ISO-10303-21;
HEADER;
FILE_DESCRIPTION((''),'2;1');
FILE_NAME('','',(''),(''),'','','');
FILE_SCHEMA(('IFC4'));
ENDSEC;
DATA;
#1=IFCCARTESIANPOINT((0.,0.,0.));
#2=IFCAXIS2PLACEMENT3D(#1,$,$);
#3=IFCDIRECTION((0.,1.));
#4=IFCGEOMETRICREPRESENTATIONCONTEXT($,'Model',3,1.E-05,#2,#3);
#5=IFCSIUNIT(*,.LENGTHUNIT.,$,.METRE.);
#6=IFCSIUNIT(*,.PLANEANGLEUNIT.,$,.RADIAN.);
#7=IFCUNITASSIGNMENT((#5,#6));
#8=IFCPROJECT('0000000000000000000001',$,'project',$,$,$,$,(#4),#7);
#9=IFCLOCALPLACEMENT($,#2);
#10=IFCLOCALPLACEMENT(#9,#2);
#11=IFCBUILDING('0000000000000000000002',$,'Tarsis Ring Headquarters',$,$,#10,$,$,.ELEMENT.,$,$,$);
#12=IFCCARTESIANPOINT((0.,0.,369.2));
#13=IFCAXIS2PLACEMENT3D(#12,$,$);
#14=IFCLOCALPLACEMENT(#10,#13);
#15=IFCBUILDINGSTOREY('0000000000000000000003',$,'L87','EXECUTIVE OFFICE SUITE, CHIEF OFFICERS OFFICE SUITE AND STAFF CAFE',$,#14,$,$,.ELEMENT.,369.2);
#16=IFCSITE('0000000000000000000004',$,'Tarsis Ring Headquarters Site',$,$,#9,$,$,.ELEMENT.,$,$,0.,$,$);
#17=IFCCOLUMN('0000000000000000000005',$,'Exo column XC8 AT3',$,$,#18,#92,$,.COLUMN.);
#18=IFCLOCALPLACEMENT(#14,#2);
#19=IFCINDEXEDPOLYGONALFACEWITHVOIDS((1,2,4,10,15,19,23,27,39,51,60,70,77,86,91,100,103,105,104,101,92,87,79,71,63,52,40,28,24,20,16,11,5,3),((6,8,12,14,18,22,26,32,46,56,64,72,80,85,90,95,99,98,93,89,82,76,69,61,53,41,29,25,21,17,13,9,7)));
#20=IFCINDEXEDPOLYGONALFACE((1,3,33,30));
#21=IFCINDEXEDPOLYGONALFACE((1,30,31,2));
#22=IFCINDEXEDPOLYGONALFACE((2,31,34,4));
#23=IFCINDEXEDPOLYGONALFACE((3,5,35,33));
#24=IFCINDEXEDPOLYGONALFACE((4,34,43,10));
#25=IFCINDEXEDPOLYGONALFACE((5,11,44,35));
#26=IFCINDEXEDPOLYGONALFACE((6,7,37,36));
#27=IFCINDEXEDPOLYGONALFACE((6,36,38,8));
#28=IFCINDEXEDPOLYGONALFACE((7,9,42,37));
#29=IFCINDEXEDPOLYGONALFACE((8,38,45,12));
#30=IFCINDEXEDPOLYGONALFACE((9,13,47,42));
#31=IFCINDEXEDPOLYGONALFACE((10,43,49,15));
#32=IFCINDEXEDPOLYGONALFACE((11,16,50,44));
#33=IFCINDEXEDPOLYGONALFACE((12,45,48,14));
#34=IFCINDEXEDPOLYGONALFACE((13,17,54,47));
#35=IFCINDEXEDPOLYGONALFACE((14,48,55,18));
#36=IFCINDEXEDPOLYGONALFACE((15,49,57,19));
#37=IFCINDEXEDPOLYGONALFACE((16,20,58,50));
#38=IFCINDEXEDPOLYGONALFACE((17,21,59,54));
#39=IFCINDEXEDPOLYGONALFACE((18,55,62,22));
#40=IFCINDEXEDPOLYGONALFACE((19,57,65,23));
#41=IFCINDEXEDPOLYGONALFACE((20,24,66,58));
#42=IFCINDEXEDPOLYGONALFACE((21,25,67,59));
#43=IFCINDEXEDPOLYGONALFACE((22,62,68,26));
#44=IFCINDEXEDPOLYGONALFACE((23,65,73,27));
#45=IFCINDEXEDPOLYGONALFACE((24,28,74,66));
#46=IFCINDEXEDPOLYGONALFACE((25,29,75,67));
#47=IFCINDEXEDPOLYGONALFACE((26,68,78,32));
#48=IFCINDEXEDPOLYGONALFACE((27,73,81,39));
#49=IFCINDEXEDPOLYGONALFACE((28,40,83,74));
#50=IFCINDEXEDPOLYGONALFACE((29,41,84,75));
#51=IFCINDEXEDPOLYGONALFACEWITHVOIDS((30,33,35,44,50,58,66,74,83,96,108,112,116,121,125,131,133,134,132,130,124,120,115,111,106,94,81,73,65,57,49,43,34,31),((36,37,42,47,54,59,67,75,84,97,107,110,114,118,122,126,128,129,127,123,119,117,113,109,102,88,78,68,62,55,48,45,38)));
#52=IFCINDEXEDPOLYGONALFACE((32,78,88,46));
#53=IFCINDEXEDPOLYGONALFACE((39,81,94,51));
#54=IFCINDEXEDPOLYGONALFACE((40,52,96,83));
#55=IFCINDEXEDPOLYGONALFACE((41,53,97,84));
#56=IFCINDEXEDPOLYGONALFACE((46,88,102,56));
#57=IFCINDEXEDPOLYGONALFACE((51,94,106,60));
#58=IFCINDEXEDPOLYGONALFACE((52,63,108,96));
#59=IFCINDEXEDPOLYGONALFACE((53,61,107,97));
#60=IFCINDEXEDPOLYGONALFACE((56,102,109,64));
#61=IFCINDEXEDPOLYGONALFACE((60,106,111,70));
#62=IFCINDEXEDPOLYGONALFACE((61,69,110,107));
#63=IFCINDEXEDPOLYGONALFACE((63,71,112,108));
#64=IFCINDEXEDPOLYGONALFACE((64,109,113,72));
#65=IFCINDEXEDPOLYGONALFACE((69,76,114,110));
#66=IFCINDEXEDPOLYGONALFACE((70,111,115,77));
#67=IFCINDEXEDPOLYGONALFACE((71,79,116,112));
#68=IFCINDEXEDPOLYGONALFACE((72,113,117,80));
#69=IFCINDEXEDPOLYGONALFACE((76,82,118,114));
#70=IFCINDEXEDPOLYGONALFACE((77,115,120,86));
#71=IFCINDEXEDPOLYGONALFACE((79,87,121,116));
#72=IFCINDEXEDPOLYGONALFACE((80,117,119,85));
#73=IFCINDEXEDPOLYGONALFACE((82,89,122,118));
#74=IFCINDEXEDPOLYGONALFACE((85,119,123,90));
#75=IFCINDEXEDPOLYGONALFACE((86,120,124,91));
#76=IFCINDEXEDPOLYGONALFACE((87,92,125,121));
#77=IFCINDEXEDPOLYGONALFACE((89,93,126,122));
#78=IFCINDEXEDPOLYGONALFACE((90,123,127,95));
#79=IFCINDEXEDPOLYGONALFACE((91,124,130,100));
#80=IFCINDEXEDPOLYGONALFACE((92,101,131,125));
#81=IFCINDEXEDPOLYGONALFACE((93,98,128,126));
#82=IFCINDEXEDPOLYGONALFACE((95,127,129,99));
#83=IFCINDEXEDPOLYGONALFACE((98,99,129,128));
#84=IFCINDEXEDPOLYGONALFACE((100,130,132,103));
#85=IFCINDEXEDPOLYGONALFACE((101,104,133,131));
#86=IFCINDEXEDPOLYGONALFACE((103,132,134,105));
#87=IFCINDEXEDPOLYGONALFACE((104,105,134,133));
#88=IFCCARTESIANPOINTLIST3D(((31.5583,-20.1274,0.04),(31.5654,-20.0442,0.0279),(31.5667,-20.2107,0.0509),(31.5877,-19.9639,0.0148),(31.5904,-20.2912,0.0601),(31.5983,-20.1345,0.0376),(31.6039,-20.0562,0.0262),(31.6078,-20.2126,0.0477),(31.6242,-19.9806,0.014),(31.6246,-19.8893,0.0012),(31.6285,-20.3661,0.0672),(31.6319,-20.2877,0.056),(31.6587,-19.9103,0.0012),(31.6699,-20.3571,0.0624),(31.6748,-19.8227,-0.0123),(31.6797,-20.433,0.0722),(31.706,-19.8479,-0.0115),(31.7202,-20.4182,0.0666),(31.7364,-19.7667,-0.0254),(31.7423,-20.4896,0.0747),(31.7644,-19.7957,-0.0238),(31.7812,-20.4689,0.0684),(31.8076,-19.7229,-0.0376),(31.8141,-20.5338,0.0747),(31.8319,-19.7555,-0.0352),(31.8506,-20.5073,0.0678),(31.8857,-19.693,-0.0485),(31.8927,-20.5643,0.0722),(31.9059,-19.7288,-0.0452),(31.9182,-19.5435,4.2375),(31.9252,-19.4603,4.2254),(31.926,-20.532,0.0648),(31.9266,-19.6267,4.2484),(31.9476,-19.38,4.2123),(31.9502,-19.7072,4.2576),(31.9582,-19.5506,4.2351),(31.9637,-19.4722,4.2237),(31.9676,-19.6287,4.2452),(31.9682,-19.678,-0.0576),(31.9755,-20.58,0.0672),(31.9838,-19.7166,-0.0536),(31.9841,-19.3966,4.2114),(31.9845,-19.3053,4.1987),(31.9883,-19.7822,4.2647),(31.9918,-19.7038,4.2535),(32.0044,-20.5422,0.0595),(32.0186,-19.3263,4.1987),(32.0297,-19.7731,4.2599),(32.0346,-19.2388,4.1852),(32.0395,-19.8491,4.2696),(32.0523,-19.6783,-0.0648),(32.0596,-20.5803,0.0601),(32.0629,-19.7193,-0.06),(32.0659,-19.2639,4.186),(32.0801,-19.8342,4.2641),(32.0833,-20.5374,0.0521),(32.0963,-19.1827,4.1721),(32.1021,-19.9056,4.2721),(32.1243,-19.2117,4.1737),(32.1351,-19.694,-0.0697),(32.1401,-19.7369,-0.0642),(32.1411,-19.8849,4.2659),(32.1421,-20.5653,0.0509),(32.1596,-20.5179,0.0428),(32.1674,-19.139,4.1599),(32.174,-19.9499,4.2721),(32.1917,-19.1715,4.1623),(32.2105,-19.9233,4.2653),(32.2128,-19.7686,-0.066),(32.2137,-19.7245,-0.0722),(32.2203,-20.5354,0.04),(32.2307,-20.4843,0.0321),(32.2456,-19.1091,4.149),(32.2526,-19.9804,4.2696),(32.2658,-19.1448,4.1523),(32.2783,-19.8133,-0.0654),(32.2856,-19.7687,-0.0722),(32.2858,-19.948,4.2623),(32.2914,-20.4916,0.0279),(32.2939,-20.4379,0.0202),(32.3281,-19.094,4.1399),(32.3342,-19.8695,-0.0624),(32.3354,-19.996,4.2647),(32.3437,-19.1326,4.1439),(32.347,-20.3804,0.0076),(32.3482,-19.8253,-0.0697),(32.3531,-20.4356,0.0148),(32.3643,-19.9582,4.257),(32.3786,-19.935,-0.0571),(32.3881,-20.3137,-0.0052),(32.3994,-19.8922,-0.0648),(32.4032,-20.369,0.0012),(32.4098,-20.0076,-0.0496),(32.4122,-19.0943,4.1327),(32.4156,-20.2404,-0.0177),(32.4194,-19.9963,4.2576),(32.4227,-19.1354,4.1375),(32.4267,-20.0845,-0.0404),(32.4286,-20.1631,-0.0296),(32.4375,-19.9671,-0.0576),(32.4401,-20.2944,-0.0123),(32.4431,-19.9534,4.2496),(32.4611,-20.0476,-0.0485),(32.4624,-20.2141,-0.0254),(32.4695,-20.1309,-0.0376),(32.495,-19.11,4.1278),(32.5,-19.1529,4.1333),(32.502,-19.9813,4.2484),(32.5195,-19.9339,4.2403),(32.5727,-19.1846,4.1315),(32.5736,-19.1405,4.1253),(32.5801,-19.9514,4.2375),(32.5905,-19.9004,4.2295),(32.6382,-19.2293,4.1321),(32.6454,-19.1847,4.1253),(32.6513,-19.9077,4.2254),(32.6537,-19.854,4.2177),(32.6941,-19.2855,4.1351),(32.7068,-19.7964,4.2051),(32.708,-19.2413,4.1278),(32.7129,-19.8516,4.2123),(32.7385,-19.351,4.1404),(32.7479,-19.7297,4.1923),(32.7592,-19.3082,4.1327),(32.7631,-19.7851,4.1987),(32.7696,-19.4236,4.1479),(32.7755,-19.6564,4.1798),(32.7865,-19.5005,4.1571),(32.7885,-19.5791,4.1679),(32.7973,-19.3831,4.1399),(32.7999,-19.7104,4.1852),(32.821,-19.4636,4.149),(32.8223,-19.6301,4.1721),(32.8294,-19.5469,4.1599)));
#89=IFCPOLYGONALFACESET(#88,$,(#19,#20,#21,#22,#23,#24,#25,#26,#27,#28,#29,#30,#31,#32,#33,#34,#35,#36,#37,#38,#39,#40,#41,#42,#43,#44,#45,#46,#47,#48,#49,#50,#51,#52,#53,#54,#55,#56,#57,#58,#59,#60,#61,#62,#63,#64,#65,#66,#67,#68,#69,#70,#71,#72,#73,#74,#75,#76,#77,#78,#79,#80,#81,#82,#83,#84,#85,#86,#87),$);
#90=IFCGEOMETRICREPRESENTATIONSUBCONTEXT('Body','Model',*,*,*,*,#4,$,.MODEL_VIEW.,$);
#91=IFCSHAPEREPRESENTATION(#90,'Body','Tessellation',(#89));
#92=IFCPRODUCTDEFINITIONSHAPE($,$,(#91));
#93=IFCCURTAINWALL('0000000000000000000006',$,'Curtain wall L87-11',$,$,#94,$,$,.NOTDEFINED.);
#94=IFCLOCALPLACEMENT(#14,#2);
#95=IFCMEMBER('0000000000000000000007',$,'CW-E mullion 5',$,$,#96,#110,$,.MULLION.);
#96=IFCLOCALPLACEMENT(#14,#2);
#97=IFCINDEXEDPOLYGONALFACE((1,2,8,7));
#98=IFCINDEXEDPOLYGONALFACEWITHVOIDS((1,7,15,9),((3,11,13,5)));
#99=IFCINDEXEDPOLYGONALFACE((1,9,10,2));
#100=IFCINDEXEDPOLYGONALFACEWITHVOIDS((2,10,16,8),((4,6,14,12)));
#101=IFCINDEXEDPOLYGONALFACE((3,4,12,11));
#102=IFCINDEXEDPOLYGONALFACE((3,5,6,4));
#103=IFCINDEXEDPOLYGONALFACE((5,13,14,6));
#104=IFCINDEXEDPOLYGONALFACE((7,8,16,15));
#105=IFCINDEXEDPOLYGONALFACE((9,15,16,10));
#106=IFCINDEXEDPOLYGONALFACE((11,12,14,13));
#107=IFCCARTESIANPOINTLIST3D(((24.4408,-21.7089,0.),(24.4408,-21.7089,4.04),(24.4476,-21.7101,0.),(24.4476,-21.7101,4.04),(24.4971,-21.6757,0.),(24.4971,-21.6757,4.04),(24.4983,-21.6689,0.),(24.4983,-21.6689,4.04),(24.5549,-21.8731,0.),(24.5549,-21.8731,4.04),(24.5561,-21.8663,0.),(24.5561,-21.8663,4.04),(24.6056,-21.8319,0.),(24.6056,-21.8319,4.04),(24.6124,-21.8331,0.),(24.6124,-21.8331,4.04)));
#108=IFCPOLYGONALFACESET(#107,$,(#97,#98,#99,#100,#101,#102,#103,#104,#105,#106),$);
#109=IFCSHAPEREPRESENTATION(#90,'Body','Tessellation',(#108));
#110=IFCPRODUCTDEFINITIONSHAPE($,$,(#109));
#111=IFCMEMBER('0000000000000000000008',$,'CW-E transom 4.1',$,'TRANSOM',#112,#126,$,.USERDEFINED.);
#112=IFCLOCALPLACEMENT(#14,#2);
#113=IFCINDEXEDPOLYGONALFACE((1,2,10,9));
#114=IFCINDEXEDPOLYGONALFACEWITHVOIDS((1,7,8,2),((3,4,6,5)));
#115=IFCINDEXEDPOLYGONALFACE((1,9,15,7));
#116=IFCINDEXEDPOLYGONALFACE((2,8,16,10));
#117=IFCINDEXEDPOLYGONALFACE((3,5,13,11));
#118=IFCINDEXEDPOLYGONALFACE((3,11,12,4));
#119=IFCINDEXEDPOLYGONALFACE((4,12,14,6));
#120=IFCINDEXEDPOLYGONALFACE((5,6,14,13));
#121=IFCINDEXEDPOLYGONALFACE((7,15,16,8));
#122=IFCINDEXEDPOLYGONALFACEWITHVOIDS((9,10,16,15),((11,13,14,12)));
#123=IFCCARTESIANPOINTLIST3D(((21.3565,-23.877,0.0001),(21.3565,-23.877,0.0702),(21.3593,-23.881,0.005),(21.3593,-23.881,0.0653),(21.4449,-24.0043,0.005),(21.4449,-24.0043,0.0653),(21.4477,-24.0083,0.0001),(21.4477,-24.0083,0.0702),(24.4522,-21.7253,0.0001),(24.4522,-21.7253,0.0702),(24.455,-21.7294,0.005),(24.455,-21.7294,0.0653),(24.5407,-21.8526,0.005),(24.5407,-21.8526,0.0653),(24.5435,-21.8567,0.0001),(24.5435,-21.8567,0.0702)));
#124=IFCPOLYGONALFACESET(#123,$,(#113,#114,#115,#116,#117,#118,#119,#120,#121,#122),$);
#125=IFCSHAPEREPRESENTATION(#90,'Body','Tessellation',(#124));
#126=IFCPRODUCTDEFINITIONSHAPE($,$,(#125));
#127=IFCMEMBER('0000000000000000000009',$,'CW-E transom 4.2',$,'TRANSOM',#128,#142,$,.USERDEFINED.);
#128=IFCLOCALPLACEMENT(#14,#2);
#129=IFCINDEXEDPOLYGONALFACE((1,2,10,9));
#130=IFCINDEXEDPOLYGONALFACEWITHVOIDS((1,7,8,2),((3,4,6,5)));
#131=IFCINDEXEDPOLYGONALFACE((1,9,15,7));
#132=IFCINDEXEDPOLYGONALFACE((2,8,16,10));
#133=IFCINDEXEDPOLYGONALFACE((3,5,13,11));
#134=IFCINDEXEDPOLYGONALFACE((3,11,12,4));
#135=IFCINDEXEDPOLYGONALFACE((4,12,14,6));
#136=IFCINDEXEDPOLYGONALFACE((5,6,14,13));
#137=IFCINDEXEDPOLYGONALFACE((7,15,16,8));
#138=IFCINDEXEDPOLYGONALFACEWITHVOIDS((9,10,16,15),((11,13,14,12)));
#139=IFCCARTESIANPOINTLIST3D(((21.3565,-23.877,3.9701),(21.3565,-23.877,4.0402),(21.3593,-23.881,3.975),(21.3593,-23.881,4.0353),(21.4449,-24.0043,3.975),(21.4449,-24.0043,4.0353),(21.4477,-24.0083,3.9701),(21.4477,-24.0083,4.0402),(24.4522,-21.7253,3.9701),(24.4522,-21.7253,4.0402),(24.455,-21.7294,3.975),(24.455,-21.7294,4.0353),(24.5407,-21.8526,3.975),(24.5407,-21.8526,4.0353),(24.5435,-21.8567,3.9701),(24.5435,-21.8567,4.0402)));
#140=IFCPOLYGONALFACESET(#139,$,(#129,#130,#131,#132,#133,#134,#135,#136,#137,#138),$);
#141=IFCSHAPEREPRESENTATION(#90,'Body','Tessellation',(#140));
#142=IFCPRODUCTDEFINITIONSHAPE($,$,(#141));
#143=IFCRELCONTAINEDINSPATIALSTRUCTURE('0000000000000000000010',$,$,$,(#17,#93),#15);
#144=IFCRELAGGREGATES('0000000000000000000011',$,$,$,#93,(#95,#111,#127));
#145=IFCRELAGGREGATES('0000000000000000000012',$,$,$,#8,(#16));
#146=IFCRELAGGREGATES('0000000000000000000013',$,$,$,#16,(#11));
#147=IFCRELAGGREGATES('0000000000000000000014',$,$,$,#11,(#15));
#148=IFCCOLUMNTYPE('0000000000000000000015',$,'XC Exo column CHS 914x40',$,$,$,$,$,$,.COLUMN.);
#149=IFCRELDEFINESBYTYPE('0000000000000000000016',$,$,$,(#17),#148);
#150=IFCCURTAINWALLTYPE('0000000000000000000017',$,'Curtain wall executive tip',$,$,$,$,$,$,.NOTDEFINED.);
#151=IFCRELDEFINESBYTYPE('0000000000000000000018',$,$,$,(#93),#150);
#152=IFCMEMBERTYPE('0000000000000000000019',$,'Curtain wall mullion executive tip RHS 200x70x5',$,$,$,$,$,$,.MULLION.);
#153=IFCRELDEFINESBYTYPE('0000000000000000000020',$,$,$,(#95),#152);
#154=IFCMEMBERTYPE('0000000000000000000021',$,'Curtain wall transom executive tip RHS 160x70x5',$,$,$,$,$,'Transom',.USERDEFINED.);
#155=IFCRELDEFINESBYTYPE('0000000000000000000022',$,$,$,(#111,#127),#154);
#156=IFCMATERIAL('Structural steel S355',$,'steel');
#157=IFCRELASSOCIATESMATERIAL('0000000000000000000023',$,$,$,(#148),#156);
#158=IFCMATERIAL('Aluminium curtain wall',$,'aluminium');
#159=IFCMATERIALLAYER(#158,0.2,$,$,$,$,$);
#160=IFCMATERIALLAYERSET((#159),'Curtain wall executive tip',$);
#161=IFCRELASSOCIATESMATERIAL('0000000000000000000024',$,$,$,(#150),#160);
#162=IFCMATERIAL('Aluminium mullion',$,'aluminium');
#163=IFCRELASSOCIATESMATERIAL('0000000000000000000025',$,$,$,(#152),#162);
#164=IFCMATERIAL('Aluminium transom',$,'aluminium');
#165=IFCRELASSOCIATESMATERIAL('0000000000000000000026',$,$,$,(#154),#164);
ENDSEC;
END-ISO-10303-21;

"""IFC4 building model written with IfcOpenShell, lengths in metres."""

from ifc_helpers import new_model, si_unit, direction, frame, origin, origin_2d, place, context, subcontext, project, spatial, hollow_rectangle, hollow_circle, extrude, material, layer, layer_set, material_profile, profile_set, type_object, element, aggregate, save


model = new_model("IFC4")

# Units and contexts
model_context = context("Model", 3, precision=1e-05, world=origin(), true_north=direction((0.0, 1.0)))
body_context = subcontext(model_context, "Body", "Model", "MODEL_VIEW")
ifc_project = project(units=[si_unit("LENGTHUNIT", "METRE"), si_unit("PLANEANGLEUNIT", "RADIAN")], contexts=[model_context])

# Site, building, storey
site_placement = place(None, origin())
site = spatial("IfcSite", under=ifc_project, at=site_placement, Name="Tarsis Ring Headquarters Site", CompositionType="ELEMENT", RefElevation=0.0)
building_placement = place(site_placement, origin())
building = spatial("IfcBuilding", under=site, at=building_placement, Name="Tarsis Ring Headquarters", CompositionType="ELEMENT")
storey_placement = place(building_placement, frame((0.0, 0.0, 369.2)))
storey = spatial("IfcBuildingStorey", under=building, at=storey_placement, Name="L87", Description="EXECUTIVE OFFICE SUITE, CHIEF OFFICERS OFFICE SUITE AND STAFF CAFE", CompositionType="ELEMENT", Elevation=369.2)

# Column
ifc_material_1 = material(Name="Structural steel S355", Category="steel")
ifc_material_profile_1 = material_profile(ifc_material_1, hollow_circle(Radius=0.457, WallThickness=0.04, at=origin_2d()), Name="CHS 914x40")
ifc_profile_set_1 = profile_set([ifc_material_profile_1], Name="Structural steel S355")
column_type = type_object("IfcColumnType", Name="XC Exo column CHS 914x40", PredefinedType="COLUMN", material=ifc_profile_set_1)
column_placement = place(storey_placement, frame((32.0139, -20.1292, 0.0012), z_axis=(0.08461, 0.137305, 0.986909), x_axis=(-0.85134, 0.524614, 0.0)))
element("IfcColumn", 1, at=column_placement, inside=storey, type_object=column_type, Name="Exo column XC8 AT3", PredefinedType="COLUMN", context=body_context, shape_type="SweptSolid", body=[
    extrude(hollow_circle(Radius=0.4573, WallThickness=0.04, at=origin_2d()), origin(), (0.0, 0.0, 1.0), 4.2532),
])

# Curtain wall, members
ifc_material_2 = material(Name="Aluminium curtain wall", Category="aluminium")
ifc_layer_1 = layer(ifc_material_2, 0.2)
ifc_layer_set_1 = layer_set([ifc_layer_1], Name="Curtain wall executive tip")
curtain_wall_type = type_object("IfcCurtainWallType", Name="Curtain wall executive tip", PredefinedType="NOTDEFINED", material=ifc_layer_set_1)
curtain_wall_placement = place(storey_placement, origin())
curtain_wall = element("IfcCurtainWall", 2, at=curtain_wall_placement, inside=storey, type_object=curtain_wall_type, Name="Curtain wall L87-11", PredefinedType="NOTDEFINED")
ifc_material_3 = material(Name="Aluminium mullion", Category="aluminium")
ifc_material_profile_2 = material_profile(ifc_material_3, hollow_rectangle(XDim=0.2, YDim=0.0701, WallThickness=0.0049, at=origin_2d()), Name="RHS 200x70x5")
ifc_profile_set_2 = profile_set([ifc_material_profile_2], Name="Aluminium mullion")
member_type_1 = type_object("IfcMemberType", Name="Curtain wall mullion executive tip RHS 200x70x5", PredefinedType="MULLION", material=ifc_profile_set_2)
member_1_placement = place(storey_placement, frame((24.5266, -21.771, 0.0), z_axis=(0.0, 0.0, 1.0), x_axis=(-0.570714, 0.821149, 0.0)))
member_1 = element("IfcMember", 3, at=member_1_placement, type_object=member_type_1, Name="CW-E mullion 5", PredefinedType="MULLION", context=body_context, shape_type="SweptSolid", body=[
    extrude(hollow_rectangle(XDim=0.2, YDim=0.0701, WallThickness=0.0049, at=origin_2d()), origin(), (0.0, 0.0, 1.0), 4.04),
])
ifc_material_4 = material(Name="Aluminium transom", Category="aluminium")
ifc_material_profile_3 = material_profile(ifc_material_4, hollow_rectangle(XDim=0.1599, YDim=0.0701, WallThickness=0.0049, at=origin_2d()), Name="RHS 160x70x5")
ifc_profile_set_3 = profile_set([ifc_material_profile_3], Name="Aluminium transom")
member_type_2 = type_object("IfcMemberType", Name="Curtain wall transom executive tip RHS 160x70x5", ElementType="Transom", PredefinedType="USERDEFINED", material=ifc_profile_set_3)
member_2_placement = place(storey_placement, frame((21.4021, -23.9426, 0.0352), z_axis=(0.821144, 0.570721, 0.0), x_axis=(-0.570721, 0.821144, 0.0)))
member_2 = element("IfcMember", 4, at=member_2_placement, type_object=member_type_2, Name="CW-E transom 4.1", ObjectType="TRANSOM", PredefinedType="USERDEFINED", context=body_context, shape_type="SweptSolid", body=[
    extrude(hollow_rectangle(XDim=0.1599, YDim=0.0701, WallThickness=0.0049, at=origin_2d()), origin(), (0.0, 0.0, 1.0), 3.77),
])
member_3_placement = place(storey_placement, frame((21.4021, -23.9426, 4.0051), z_axis=(0.821144, 0.570721, 0.0), x_axis=(-0.570721, 0.821144, 0.0)))
member_3 = element("IfcMember", 5, at=member_3_placement, type_object=member_type_2, Name="CW-E transom 4.2", ObjectType="TRANSOM", PredefinedType="USERDEFINED", context=body_context, shape_type="SweptSolid", body=[
    extrude(hollow_rectangle(XDim=0.1599, YDim=0.0701, WallThickness=0.0049, at=origin_2d()), origin(), (0.0, 0.0, 1.0), 3.77),
])

aggregate(curtain_wall, [member_1, member_2, member_3])

save(model, "model.ifc")
